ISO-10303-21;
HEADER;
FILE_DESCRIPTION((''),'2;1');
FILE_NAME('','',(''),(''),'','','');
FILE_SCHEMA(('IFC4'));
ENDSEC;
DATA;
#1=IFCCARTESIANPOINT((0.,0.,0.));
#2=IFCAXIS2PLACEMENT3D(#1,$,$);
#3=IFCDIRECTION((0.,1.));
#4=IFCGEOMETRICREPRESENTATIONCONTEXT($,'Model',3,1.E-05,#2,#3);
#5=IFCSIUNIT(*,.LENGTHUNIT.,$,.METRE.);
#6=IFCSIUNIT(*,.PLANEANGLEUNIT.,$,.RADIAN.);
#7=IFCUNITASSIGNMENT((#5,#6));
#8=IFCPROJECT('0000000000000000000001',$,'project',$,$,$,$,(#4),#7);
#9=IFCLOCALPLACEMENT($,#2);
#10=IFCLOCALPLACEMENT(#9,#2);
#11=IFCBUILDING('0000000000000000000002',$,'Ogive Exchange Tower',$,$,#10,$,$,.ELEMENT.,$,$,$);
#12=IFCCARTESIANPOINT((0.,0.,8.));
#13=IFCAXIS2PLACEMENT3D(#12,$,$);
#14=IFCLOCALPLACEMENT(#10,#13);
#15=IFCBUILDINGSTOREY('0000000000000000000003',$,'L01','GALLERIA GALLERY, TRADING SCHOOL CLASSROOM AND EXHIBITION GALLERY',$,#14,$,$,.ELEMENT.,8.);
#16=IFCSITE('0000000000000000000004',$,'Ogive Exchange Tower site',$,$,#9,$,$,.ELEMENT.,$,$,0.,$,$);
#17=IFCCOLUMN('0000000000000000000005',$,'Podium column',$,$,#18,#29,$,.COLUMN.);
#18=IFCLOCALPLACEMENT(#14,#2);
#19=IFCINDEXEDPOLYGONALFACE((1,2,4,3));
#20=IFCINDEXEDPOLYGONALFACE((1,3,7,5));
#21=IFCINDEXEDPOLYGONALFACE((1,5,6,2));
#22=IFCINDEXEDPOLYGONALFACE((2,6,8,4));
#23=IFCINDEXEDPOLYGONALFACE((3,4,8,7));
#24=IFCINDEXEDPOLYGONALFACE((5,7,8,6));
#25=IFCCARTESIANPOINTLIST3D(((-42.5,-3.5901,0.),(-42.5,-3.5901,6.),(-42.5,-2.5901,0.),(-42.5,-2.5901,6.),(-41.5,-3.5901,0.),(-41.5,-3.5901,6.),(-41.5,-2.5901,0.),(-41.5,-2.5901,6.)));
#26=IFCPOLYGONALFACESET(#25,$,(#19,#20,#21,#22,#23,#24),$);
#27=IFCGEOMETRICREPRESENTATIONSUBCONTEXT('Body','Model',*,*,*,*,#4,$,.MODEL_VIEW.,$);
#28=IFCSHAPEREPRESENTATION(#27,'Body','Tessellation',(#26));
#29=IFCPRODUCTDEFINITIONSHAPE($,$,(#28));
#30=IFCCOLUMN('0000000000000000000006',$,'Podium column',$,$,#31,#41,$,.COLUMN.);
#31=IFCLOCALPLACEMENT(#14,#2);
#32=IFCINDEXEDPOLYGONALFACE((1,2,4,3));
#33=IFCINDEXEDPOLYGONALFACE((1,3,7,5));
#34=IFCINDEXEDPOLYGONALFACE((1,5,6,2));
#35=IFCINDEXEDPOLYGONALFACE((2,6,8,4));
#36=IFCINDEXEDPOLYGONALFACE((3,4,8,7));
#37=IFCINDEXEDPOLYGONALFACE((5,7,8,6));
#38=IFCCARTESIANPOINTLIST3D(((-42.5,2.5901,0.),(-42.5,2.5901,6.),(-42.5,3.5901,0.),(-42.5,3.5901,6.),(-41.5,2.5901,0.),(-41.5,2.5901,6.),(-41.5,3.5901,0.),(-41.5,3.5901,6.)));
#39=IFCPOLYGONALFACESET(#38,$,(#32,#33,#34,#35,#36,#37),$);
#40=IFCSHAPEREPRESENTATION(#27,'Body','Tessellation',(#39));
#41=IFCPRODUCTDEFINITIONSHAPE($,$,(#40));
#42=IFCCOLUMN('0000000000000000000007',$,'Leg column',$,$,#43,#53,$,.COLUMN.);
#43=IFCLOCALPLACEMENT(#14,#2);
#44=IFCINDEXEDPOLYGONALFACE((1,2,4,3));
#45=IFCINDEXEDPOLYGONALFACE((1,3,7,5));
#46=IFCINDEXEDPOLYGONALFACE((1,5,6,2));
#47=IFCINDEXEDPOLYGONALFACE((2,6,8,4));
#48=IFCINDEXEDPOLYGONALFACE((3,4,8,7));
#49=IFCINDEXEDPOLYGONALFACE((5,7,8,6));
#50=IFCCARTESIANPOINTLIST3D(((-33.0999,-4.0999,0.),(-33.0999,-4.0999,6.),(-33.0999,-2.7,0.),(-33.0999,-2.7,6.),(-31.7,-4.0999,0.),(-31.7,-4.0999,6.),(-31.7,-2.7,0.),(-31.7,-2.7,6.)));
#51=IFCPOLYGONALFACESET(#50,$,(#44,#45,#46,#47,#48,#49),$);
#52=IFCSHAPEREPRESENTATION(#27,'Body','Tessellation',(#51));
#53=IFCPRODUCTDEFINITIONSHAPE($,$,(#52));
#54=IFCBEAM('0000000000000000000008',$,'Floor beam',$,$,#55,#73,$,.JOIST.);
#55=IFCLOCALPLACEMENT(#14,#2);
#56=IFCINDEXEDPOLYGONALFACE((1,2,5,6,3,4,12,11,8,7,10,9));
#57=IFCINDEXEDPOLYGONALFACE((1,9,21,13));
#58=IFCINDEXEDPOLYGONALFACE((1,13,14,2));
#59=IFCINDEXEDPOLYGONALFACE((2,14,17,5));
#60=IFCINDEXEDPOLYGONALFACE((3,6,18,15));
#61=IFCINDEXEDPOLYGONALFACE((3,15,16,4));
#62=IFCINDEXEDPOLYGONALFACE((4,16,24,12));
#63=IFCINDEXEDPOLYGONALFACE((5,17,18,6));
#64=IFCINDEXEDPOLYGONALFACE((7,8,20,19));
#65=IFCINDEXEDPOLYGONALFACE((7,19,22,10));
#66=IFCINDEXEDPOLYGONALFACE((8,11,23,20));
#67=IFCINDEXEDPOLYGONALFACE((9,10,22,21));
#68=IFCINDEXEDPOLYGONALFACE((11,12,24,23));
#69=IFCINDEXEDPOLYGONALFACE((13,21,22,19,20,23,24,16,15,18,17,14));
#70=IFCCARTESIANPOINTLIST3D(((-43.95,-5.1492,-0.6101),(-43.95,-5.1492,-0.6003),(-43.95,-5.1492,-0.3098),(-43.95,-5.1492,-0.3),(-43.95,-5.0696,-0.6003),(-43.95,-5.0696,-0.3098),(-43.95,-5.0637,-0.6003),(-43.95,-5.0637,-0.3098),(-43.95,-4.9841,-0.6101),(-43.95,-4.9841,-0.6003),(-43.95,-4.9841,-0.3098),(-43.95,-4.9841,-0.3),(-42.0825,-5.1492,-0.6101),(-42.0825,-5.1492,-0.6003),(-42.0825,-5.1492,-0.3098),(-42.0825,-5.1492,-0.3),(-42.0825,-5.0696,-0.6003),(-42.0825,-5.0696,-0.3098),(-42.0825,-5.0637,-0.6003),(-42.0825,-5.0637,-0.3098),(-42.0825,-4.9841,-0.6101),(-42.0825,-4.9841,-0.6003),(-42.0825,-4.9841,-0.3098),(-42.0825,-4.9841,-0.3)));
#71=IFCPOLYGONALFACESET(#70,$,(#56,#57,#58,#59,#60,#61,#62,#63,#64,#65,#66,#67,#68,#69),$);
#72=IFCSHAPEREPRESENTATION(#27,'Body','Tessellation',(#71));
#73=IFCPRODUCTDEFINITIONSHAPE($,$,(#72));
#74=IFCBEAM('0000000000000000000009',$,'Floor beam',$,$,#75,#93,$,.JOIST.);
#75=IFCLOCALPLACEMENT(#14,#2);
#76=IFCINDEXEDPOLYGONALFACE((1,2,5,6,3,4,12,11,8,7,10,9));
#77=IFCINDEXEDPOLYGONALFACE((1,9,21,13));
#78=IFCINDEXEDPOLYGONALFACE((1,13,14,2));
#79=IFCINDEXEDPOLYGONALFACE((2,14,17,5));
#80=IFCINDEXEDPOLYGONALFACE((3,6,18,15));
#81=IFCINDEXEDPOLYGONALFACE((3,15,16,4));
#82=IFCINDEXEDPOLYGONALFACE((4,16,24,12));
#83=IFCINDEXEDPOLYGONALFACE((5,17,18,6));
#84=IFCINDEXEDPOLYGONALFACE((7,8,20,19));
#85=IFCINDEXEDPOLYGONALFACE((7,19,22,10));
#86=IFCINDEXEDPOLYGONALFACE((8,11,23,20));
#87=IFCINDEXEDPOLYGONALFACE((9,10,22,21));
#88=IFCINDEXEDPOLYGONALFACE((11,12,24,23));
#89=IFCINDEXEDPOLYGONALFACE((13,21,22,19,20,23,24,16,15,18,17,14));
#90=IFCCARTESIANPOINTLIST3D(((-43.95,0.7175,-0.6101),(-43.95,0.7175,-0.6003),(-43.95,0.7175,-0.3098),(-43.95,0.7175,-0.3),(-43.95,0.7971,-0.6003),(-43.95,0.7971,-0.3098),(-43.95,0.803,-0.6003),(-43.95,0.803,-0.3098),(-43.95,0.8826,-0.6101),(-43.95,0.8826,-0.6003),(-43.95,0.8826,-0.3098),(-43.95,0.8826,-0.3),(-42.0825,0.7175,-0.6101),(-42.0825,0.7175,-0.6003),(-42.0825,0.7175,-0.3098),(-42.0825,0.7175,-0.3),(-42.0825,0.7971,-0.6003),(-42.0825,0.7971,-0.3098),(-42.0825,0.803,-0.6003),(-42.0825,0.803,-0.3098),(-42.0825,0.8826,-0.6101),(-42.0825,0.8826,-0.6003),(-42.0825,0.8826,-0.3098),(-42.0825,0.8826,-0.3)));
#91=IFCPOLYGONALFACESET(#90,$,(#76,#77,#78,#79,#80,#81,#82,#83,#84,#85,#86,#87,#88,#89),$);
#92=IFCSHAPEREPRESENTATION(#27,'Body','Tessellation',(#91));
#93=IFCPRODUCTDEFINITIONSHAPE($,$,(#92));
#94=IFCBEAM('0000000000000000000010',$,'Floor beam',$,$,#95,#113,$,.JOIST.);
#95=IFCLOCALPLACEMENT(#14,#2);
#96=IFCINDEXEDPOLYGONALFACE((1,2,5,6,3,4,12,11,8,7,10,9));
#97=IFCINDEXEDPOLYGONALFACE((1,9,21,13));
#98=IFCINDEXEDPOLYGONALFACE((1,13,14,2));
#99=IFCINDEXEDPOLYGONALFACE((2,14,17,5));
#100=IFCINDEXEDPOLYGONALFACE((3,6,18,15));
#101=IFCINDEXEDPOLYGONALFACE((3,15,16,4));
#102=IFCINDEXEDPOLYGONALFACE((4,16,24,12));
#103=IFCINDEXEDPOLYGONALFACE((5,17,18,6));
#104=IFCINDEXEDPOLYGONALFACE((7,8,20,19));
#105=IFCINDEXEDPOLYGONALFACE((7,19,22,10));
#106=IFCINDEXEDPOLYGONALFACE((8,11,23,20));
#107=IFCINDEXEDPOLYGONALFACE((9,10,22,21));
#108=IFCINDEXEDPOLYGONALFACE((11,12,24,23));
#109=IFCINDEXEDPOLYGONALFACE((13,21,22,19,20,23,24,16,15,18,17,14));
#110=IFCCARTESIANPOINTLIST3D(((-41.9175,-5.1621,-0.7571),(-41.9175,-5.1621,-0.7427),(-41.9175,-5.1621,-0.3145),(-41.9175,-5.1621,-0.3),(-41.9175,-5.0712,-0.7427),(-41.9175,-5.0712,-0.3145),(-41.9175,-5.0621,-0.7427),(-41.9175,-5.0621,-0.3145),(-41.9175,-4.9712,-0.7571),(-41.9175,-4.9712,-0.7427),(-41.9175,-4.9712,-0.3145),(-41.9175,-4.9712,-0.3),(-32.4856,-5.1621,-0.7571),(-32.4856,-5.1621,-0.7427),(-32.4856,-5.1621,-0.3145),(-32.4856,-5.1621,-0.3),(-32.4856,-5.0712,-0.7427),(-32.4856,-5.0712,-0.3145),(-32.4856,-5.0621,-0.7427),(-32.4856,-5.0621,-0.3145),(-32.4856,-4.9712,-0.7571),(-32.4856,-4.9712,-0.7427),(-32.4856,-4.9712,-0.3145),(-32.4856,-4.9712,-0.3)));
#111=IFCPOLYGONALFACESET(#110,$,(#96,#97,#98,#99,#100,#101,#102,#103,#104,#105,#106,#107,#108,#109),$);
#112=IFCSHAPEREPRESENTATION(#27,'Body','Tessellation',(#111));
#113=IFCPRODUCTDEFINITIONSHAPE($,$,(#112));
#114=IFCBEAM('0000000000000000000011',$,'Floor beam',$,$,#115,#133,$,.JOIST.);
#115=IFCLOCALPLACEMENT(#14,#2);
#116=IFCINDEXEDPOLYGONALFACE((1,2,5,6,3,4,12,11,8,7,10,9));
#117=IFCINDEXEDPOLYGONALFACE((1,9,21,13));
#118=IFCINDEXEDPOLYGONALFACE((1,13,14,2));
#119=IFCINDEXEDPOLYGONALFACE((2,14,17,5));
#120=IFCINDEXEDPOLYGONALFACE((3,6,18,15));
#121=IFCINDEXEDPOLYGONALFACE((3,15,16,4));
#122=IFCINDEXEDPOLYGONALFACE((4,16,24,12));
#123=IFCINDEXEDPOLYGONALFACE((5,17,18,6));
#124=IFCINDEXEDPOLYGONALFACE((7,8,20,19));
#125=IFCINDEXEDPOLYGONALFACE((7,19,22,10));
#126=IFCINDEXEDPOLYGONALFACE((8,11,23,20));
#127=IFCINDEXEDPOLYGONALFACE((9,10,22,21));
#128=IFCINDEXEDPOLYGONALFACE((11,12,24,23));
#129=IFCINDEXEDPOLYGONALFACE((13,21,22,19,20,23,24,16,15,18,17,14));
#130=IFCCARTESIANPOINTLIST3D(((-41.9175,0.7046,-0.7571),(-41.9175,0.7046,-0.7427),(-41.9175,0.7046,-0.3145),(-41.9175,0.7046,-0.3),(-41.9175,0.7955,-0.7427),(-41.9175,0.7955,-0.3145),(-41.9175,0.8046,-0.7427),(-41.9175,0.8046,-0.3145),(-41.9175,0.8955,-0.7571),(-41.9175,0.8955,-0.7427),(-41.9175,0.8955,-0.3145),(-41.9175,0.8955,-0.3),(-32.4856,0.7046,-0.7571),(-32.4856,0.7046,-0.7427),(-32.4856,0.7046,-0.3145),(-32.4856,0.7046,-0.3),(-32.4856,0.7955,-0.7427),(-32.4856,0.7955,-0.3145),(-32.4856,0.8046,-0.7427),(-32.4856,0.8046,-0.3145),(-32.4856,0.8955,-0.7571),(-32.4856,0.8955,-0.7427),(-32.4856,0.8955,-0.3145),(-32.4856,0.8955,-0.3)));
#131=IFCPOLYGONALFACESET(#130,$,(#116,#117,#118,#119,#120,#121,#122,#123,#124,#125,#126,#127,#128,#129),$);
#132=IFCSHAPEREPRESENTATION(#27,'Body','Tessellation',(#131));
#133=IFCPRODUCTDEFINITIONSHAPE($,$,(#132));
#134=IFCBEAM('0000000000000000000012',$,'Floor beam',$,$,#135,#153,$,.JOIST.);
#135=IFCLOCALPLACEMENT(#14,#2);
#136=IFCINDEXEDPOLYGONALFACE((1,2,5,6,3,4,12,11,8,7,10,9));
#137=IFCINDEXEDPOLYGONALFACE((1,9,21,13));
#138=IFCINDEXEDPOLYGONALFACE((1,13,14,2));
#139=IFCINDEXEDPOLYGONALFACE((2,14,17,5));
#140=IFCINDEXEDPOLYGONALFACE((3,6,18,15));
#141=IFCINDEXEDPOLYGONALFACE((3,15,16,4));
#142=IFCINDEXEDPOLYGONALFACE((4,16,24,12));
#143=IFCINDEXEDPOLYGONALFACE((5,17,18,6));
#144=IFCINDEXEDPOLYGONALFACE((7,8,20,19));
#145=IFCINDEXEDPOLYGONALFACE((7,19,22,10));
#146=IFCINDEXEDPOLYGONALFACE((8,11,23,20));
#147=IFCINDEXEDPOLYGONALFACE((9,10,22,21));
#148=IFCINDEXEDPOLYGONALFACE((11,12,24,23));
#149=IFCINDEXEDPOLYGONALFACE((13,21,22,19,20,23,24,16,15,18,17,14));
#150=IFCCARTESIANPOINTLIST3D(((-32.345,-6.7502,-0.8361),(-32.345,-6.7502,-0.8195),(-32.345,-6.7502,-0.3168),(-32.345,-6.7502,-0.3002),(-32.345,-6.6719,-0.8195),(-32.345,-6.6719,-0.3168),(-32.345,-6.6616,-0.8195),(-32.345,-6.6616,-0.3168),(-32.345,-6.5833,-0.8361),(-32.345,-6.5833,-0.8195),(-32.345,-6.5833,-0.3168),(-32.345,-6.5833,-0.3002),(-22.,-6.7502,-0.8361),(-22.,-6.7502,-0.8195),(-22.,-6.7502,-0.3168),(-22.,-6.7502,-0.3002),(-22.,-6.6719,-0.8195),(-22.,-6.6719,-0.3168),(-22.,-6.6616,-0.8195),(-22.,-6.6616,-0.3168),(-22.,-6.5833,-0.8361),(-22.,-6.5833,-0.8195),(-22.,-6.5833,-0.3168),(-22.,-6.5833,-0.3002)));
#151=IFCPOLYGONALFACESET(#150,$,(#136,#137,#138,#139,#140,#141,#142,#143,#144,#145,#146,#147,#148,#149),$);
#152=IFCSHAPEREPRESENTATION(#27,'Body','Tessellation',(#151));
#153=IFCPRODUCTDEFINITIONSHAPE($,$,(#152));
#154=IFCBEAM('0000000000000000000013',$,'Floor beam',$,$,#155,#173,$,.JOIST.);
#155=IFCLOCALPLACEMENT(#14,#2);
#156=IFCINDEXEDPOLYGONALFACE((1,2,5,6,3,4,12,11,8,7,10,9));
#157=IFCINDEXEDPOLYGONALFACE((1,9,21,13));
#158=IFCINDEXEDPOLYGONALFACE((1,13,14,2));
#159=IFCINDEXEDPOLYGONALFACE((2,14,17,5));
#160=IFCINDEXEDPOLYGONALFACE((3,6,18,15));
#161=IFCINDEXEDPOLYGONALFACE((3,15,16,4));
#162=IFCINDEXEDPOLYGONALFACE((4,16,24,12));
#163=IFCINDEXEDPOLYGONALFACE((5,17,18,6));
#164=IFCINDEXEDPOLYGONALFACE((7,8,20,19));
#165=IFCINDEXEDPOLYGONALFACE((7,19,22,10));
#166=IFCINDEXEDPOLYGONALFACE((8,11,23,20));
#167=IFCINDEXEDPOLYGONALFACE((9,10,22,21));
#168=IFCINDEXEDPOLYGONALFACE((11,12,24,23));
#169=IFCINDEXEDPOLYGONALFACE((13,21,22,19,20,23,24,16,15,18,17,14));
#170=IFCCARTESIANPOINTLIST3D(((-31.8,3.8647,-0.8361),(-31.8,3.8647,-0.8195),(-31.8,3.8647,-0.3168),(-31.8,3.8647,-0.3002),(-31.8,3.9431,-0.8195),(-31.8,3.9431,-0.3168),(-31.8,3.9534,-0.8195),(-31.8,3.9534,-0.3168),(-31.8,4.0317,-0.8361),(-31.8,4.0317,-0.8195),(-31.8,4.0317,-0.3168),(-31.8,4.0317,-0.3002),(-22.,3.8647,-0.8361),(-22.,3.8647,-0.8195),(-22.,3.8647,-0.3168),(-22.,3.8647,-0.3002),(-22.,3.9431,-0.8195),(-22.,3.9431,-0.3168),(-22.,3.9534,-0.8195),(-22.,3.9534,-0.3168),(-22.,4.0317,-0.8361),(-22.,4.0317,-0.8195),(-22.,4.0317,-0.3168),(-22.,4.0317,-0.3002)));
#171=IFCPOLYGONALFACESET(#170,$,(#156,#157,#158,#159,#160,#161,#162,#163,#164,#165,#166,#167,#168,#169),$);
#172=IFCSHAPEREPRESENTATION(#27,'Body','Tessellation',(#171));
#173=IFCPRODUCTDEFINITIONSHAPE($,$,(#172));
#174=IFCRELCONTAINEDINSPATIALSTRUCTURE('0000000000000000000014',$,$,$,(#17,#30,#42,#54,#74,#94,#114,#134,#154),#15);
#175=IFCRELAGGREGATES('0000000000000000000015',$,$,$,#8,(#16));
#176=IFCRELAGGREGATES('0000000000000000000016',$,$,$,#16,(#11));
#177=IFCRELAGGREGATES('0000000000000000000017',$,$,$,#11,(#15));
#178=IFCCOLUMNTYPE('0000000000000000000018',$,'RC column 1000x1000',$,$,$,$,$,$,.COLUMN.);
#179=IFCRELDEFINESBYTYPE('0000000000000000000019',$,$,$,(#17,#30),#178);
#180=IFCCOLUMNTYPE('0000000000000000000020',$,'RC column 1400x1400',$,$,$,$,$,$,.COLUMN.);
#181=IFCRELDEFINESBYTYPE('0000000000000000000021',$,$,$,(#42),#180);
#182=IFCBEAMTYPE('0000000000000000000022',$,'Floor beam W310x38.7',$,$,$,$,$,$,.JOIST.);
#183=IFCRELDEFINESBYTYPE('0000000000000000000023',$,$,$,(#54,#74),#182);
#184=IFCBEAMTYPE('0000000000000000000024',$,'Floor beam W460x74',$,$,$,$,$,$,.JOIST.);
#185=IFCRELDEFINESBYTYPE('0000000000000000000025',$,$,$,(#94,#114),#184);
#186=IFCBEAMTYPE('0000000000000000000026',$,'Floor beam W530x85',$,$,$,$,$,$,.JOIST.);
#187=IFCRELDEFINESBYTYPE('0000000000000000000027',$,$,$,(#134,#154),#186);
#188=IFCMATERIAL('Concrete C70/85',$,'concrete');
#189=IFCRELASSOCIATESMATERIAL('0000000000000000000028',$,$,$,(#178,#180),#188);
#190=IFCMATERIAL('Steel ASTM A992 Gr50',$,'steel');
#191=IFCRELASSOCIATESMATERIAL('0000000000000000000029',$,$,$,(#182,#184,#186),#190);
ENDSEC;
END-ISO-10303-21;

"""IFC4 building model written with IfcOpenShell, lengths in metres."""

from ifc_helpers import new_model, si_unit, direction, frame, origin, origin_2d, place, context, subcontext, project, spatial, rectangle, i_section, extrude, material, material_profile, profile_set, type_object, element, save


model = new_model("IFC4")

# Units and contexts
model_context = context("Model", 3, precision=1e-05, world=origin(), true_north=direction((0.0, 1.0)))
body_context = subcontext(model_context, "Body", "Model", "MODEL_VIEW")
ifc_project = project(units=[si_unit("LENGTHUNIT", "METRE"), si_unit("PLANEANGLEUNIT", "RADIAN")], contexts=[model_context])

# Site, building, storey
site_placement = place(None, origin())
site = spatial("IfcSite", under=ifc_project, at=site_placement, Name="Ogive Exchange Tower site", CompositionType="ELEMENT", RefElevation=0.0)
building_placement = place(site_placement, origin())
building = spatial("IfcBuilding", under=site, at=building_placement, Name="Ogive Exchange Tower", CompositionType="ELEMENT")
storey_placement = place(building_placement, frame((0.0, 0.0, 8.0)))
storey = spatial("IfcBuildingStorey", under=building, at=storey_placement, Name="L01", Description="GALLERIA GALLERY, TRADING SCHOOL CLASSROOM AND EXHIBITION GALLERY", CompositionType="ELEMENT", Elevation=8.0)

# Columns
ifc_material_1 = material(Name="Concrete C70/85", Category="concrete")
ifc_material_profile_1 = material_profile(ifc_material_1, rectangle(XDim=1.0, YDim=1.0, at=origin_2d()), Name="RC 1000x1000")
ifc_profile_set_1 = profile_set([ifc_material_profile_1], Name="Concrete C70/85")
column_type_1 = type_object("IfcColumnType", Name="RC column 1000x1000", PredefinedType="COLUMN", material=ifc_profile_set_1)
for number, where, z_axis, x_axis, name in (
    (1, (-42.0, -3.0901, 0.0), (0.0, 0.0, 1.0), (1.0, 0.0, 0.0), "Podium column"),
    (2, (-42.0, 3.0901, 0.0), (0.0, 0.0, 1.0), (1.0, 0.0, 0.0), "Podium column"),
):
    element("IfcColumn", number, at=place(storey_placement, frame(where, z_axis=z_axis, x_axis=x_axis)), inside=storey, type_object=column_type_1, Name=name, PredefinedType="COLUMN", context=body_context, shape_type="SweptSolid", body=[
        extrude(rectangle(XDim=1.0, YDim=1.0, at=origin_2d()), origin(), (0.0, 0.0, 1.0), 6.0),
    ])
ifc_material_profile_2 = material_profile(ifc_material_1, rectangle(XDim=1.3999, YDim=1.3999, at=origin_2d()), Name="RC 1400x1400")
ifc_profile_set_2 = profile_set([ifc_material_profile_2], Name="Concrete C70/85")
column_type_2 = type_object("IfcColumnType", Name="RC column 1400x1400", PredefinedType="COLUMN", material=ifc_profile_set_2)
column_placement = place(storey_placement, frame((-32.3999, -3.3999, 0.0), z_axis=(0.0, 0.0, 1.0), x_axis=(1.0, 0.0, 0.0)))
element("IfcColumn", 3, at=column_placement, inside=storey, type_object=column_type_2, Name="Leg column", PredefinedType="COLUMN", context=body_context, shape_type="SweptSolid", body=[
    extrude(rectangle(XDim=1.3999, YDim=1.3999, at=origin_2d()), origin(), (0.0, 0.0, 1.0), 6.0),
])

# Beams
ifc_material_2 = material(Name="Steel ASTM A992 Gr50", Category="steel")
ifc_material_profile_3 = material_profile(ifc_material_2, i_section(OverallWidth=0.165, OverallDepth=0.3101, WebThickness=0.0059, FlangeThickness=0.0098, at=origin_2d()), Name="W310x38.7")
ifc_profile_set_3 = profile_set([ifc_material_profile_3], Name="Steel ASTM A992 Gr50")
beam_type_1 = type_object("IfcBeamType", Name="Floor beam W310x38.7", PredefinedType="JOIST", material=ifc_profile_set_3)
for number, where, z_axis, x_axis, name in (
    (4, (-43.95, -5.0667, -0.4551), (1.0, 0.0, 0.0), (0.0, 1.0, 0.0), "Floor beam"),
    (5, (-43.95, 0.8, -0.4551), (1.0, 0.0, 0.0), (0.0, 1.0, 0.0), "Floor beam"),
):
    element("IfcBeam", number, at=place(storey_placement, frame(where, z_axis=z_axis, x_axis=x_axis)), inside=storey, type_object=beam_type_1, Name=name, PredefinedType="JOIST", context=body_context, shape_type="SweptSolid", body=[
        extrude(i_section(OverallWidth=0.165, OverallDepth=0.3101, WebThickness=0.0059, FlangeThickness=0.0098, at=origin_2d()), origin(), (0.0, 0.0, 1.0), 1.8674),
    ])
ifc_material_profile_4 = material_profile(ifc_material_2, i_section(OverallWidth=0.1909, OverallDepth=0.457, WebThickness=0.009, FlangeThickness=0.0144, at=origin_2d()), Name="W460x74")
ifc_profile_set_4 = profile_set([ifc_material_profile_4], Name="Steel ASTM A992 Gr50")
beam_type_2 = type_object("IfcBeamType", Name="Floor beam W460x74", PredefinedType="JOIST", material=ifc_profile_set_4)
for number, where, z_axis, x_axis, name in (
    (6, (-41.9175, -5.0667, -0.5286), (1.0, 0.0, 0.0), (0.0, 1.0, 0.0), "Floor beam"),
    (7, (-41.9175, 0.8, -0.5286), (1.0, 0.0, 0.0), (0.0, 1.0, 0.0), "Floor beam"),
):
    element("IfcBeam", number, at=place(storey_placement, frame(where, z_axis=z_axis, x_axis=x_axis)), inside=storey, type_object=beam_type_2, Name=name, PredefinedType="JOIST", context=body_context, shape_type="SweptSolid", body=[
        extrude(i_section(OverallWidth=0.1909, OverallDepth=0.457, WebThickness=0.009, FlangeThickness=0.0144, at=origin_2d()), origin(), (0.0, 0.0, 1.0), 9.4319),
    ])
ifc_material_profile_5 = material_profile(ifc_material_2, i_section(OverallWidth=0.167, OverallDepth=0.5359, WebThickness=0.0103, FlangeThickness=0.0166, at=origin_2d()), Name="W530x85")
ifc_profile_set_5 = profile_set([ifc_material_profile_5], Name="Steel ASTM A992 Gr50")
beam_type_3 = type_object("IfcBeamType", Name="Floor beam W530x85", PredefinedType="JOIST", material=ifc_profile_set_5)
beam_1_placement = place(storey_placement, frame((-32.345, -6.6667, -0.5681), z_axis=(1.0, 0.0, 0.0), x_axis=(0.0, 1.0, 0.0)))
element("IfcBeam", 8, at=beam_1_placement, inside=storey, type_object=beam_type_3, Name="Floor beam", PredefinedType="JOIST", context=body_context, shape_type="SweptSolid", body=[
    extrude(i_section(OverallWidth=0.167, OverallDepth=0.5359, WebThickness=0.0103, FlangeThickness=0.0166, at=origin_2d()), origin(), (0.0, 0.0, 1.0), 10.345),
])
beam_2_placement = place(storey_placement, frame((-31.8, 3.9482, -0.5681), z_axis=(1.0, 0.0, 0.0), x_axis=(0.0, 1.0, 0.0)))
element("IfcBeam", 9, at=beam_2_placement, inside=storey, type_object=beam_type_3, Name="Floor beam", PredefinedType="JOIST", context=body_context, shape_type="SweptSolid", body=[
    extrude(i_section(OverallWidth=0.167, OverallDepth=0.5359, WebThickness=0.0103, FlangeThickness=0.0166, at=origin_2d()), origin(), (0.0, 0.0, 1.0), 9.8),
])

save(model, "model.ifc")
